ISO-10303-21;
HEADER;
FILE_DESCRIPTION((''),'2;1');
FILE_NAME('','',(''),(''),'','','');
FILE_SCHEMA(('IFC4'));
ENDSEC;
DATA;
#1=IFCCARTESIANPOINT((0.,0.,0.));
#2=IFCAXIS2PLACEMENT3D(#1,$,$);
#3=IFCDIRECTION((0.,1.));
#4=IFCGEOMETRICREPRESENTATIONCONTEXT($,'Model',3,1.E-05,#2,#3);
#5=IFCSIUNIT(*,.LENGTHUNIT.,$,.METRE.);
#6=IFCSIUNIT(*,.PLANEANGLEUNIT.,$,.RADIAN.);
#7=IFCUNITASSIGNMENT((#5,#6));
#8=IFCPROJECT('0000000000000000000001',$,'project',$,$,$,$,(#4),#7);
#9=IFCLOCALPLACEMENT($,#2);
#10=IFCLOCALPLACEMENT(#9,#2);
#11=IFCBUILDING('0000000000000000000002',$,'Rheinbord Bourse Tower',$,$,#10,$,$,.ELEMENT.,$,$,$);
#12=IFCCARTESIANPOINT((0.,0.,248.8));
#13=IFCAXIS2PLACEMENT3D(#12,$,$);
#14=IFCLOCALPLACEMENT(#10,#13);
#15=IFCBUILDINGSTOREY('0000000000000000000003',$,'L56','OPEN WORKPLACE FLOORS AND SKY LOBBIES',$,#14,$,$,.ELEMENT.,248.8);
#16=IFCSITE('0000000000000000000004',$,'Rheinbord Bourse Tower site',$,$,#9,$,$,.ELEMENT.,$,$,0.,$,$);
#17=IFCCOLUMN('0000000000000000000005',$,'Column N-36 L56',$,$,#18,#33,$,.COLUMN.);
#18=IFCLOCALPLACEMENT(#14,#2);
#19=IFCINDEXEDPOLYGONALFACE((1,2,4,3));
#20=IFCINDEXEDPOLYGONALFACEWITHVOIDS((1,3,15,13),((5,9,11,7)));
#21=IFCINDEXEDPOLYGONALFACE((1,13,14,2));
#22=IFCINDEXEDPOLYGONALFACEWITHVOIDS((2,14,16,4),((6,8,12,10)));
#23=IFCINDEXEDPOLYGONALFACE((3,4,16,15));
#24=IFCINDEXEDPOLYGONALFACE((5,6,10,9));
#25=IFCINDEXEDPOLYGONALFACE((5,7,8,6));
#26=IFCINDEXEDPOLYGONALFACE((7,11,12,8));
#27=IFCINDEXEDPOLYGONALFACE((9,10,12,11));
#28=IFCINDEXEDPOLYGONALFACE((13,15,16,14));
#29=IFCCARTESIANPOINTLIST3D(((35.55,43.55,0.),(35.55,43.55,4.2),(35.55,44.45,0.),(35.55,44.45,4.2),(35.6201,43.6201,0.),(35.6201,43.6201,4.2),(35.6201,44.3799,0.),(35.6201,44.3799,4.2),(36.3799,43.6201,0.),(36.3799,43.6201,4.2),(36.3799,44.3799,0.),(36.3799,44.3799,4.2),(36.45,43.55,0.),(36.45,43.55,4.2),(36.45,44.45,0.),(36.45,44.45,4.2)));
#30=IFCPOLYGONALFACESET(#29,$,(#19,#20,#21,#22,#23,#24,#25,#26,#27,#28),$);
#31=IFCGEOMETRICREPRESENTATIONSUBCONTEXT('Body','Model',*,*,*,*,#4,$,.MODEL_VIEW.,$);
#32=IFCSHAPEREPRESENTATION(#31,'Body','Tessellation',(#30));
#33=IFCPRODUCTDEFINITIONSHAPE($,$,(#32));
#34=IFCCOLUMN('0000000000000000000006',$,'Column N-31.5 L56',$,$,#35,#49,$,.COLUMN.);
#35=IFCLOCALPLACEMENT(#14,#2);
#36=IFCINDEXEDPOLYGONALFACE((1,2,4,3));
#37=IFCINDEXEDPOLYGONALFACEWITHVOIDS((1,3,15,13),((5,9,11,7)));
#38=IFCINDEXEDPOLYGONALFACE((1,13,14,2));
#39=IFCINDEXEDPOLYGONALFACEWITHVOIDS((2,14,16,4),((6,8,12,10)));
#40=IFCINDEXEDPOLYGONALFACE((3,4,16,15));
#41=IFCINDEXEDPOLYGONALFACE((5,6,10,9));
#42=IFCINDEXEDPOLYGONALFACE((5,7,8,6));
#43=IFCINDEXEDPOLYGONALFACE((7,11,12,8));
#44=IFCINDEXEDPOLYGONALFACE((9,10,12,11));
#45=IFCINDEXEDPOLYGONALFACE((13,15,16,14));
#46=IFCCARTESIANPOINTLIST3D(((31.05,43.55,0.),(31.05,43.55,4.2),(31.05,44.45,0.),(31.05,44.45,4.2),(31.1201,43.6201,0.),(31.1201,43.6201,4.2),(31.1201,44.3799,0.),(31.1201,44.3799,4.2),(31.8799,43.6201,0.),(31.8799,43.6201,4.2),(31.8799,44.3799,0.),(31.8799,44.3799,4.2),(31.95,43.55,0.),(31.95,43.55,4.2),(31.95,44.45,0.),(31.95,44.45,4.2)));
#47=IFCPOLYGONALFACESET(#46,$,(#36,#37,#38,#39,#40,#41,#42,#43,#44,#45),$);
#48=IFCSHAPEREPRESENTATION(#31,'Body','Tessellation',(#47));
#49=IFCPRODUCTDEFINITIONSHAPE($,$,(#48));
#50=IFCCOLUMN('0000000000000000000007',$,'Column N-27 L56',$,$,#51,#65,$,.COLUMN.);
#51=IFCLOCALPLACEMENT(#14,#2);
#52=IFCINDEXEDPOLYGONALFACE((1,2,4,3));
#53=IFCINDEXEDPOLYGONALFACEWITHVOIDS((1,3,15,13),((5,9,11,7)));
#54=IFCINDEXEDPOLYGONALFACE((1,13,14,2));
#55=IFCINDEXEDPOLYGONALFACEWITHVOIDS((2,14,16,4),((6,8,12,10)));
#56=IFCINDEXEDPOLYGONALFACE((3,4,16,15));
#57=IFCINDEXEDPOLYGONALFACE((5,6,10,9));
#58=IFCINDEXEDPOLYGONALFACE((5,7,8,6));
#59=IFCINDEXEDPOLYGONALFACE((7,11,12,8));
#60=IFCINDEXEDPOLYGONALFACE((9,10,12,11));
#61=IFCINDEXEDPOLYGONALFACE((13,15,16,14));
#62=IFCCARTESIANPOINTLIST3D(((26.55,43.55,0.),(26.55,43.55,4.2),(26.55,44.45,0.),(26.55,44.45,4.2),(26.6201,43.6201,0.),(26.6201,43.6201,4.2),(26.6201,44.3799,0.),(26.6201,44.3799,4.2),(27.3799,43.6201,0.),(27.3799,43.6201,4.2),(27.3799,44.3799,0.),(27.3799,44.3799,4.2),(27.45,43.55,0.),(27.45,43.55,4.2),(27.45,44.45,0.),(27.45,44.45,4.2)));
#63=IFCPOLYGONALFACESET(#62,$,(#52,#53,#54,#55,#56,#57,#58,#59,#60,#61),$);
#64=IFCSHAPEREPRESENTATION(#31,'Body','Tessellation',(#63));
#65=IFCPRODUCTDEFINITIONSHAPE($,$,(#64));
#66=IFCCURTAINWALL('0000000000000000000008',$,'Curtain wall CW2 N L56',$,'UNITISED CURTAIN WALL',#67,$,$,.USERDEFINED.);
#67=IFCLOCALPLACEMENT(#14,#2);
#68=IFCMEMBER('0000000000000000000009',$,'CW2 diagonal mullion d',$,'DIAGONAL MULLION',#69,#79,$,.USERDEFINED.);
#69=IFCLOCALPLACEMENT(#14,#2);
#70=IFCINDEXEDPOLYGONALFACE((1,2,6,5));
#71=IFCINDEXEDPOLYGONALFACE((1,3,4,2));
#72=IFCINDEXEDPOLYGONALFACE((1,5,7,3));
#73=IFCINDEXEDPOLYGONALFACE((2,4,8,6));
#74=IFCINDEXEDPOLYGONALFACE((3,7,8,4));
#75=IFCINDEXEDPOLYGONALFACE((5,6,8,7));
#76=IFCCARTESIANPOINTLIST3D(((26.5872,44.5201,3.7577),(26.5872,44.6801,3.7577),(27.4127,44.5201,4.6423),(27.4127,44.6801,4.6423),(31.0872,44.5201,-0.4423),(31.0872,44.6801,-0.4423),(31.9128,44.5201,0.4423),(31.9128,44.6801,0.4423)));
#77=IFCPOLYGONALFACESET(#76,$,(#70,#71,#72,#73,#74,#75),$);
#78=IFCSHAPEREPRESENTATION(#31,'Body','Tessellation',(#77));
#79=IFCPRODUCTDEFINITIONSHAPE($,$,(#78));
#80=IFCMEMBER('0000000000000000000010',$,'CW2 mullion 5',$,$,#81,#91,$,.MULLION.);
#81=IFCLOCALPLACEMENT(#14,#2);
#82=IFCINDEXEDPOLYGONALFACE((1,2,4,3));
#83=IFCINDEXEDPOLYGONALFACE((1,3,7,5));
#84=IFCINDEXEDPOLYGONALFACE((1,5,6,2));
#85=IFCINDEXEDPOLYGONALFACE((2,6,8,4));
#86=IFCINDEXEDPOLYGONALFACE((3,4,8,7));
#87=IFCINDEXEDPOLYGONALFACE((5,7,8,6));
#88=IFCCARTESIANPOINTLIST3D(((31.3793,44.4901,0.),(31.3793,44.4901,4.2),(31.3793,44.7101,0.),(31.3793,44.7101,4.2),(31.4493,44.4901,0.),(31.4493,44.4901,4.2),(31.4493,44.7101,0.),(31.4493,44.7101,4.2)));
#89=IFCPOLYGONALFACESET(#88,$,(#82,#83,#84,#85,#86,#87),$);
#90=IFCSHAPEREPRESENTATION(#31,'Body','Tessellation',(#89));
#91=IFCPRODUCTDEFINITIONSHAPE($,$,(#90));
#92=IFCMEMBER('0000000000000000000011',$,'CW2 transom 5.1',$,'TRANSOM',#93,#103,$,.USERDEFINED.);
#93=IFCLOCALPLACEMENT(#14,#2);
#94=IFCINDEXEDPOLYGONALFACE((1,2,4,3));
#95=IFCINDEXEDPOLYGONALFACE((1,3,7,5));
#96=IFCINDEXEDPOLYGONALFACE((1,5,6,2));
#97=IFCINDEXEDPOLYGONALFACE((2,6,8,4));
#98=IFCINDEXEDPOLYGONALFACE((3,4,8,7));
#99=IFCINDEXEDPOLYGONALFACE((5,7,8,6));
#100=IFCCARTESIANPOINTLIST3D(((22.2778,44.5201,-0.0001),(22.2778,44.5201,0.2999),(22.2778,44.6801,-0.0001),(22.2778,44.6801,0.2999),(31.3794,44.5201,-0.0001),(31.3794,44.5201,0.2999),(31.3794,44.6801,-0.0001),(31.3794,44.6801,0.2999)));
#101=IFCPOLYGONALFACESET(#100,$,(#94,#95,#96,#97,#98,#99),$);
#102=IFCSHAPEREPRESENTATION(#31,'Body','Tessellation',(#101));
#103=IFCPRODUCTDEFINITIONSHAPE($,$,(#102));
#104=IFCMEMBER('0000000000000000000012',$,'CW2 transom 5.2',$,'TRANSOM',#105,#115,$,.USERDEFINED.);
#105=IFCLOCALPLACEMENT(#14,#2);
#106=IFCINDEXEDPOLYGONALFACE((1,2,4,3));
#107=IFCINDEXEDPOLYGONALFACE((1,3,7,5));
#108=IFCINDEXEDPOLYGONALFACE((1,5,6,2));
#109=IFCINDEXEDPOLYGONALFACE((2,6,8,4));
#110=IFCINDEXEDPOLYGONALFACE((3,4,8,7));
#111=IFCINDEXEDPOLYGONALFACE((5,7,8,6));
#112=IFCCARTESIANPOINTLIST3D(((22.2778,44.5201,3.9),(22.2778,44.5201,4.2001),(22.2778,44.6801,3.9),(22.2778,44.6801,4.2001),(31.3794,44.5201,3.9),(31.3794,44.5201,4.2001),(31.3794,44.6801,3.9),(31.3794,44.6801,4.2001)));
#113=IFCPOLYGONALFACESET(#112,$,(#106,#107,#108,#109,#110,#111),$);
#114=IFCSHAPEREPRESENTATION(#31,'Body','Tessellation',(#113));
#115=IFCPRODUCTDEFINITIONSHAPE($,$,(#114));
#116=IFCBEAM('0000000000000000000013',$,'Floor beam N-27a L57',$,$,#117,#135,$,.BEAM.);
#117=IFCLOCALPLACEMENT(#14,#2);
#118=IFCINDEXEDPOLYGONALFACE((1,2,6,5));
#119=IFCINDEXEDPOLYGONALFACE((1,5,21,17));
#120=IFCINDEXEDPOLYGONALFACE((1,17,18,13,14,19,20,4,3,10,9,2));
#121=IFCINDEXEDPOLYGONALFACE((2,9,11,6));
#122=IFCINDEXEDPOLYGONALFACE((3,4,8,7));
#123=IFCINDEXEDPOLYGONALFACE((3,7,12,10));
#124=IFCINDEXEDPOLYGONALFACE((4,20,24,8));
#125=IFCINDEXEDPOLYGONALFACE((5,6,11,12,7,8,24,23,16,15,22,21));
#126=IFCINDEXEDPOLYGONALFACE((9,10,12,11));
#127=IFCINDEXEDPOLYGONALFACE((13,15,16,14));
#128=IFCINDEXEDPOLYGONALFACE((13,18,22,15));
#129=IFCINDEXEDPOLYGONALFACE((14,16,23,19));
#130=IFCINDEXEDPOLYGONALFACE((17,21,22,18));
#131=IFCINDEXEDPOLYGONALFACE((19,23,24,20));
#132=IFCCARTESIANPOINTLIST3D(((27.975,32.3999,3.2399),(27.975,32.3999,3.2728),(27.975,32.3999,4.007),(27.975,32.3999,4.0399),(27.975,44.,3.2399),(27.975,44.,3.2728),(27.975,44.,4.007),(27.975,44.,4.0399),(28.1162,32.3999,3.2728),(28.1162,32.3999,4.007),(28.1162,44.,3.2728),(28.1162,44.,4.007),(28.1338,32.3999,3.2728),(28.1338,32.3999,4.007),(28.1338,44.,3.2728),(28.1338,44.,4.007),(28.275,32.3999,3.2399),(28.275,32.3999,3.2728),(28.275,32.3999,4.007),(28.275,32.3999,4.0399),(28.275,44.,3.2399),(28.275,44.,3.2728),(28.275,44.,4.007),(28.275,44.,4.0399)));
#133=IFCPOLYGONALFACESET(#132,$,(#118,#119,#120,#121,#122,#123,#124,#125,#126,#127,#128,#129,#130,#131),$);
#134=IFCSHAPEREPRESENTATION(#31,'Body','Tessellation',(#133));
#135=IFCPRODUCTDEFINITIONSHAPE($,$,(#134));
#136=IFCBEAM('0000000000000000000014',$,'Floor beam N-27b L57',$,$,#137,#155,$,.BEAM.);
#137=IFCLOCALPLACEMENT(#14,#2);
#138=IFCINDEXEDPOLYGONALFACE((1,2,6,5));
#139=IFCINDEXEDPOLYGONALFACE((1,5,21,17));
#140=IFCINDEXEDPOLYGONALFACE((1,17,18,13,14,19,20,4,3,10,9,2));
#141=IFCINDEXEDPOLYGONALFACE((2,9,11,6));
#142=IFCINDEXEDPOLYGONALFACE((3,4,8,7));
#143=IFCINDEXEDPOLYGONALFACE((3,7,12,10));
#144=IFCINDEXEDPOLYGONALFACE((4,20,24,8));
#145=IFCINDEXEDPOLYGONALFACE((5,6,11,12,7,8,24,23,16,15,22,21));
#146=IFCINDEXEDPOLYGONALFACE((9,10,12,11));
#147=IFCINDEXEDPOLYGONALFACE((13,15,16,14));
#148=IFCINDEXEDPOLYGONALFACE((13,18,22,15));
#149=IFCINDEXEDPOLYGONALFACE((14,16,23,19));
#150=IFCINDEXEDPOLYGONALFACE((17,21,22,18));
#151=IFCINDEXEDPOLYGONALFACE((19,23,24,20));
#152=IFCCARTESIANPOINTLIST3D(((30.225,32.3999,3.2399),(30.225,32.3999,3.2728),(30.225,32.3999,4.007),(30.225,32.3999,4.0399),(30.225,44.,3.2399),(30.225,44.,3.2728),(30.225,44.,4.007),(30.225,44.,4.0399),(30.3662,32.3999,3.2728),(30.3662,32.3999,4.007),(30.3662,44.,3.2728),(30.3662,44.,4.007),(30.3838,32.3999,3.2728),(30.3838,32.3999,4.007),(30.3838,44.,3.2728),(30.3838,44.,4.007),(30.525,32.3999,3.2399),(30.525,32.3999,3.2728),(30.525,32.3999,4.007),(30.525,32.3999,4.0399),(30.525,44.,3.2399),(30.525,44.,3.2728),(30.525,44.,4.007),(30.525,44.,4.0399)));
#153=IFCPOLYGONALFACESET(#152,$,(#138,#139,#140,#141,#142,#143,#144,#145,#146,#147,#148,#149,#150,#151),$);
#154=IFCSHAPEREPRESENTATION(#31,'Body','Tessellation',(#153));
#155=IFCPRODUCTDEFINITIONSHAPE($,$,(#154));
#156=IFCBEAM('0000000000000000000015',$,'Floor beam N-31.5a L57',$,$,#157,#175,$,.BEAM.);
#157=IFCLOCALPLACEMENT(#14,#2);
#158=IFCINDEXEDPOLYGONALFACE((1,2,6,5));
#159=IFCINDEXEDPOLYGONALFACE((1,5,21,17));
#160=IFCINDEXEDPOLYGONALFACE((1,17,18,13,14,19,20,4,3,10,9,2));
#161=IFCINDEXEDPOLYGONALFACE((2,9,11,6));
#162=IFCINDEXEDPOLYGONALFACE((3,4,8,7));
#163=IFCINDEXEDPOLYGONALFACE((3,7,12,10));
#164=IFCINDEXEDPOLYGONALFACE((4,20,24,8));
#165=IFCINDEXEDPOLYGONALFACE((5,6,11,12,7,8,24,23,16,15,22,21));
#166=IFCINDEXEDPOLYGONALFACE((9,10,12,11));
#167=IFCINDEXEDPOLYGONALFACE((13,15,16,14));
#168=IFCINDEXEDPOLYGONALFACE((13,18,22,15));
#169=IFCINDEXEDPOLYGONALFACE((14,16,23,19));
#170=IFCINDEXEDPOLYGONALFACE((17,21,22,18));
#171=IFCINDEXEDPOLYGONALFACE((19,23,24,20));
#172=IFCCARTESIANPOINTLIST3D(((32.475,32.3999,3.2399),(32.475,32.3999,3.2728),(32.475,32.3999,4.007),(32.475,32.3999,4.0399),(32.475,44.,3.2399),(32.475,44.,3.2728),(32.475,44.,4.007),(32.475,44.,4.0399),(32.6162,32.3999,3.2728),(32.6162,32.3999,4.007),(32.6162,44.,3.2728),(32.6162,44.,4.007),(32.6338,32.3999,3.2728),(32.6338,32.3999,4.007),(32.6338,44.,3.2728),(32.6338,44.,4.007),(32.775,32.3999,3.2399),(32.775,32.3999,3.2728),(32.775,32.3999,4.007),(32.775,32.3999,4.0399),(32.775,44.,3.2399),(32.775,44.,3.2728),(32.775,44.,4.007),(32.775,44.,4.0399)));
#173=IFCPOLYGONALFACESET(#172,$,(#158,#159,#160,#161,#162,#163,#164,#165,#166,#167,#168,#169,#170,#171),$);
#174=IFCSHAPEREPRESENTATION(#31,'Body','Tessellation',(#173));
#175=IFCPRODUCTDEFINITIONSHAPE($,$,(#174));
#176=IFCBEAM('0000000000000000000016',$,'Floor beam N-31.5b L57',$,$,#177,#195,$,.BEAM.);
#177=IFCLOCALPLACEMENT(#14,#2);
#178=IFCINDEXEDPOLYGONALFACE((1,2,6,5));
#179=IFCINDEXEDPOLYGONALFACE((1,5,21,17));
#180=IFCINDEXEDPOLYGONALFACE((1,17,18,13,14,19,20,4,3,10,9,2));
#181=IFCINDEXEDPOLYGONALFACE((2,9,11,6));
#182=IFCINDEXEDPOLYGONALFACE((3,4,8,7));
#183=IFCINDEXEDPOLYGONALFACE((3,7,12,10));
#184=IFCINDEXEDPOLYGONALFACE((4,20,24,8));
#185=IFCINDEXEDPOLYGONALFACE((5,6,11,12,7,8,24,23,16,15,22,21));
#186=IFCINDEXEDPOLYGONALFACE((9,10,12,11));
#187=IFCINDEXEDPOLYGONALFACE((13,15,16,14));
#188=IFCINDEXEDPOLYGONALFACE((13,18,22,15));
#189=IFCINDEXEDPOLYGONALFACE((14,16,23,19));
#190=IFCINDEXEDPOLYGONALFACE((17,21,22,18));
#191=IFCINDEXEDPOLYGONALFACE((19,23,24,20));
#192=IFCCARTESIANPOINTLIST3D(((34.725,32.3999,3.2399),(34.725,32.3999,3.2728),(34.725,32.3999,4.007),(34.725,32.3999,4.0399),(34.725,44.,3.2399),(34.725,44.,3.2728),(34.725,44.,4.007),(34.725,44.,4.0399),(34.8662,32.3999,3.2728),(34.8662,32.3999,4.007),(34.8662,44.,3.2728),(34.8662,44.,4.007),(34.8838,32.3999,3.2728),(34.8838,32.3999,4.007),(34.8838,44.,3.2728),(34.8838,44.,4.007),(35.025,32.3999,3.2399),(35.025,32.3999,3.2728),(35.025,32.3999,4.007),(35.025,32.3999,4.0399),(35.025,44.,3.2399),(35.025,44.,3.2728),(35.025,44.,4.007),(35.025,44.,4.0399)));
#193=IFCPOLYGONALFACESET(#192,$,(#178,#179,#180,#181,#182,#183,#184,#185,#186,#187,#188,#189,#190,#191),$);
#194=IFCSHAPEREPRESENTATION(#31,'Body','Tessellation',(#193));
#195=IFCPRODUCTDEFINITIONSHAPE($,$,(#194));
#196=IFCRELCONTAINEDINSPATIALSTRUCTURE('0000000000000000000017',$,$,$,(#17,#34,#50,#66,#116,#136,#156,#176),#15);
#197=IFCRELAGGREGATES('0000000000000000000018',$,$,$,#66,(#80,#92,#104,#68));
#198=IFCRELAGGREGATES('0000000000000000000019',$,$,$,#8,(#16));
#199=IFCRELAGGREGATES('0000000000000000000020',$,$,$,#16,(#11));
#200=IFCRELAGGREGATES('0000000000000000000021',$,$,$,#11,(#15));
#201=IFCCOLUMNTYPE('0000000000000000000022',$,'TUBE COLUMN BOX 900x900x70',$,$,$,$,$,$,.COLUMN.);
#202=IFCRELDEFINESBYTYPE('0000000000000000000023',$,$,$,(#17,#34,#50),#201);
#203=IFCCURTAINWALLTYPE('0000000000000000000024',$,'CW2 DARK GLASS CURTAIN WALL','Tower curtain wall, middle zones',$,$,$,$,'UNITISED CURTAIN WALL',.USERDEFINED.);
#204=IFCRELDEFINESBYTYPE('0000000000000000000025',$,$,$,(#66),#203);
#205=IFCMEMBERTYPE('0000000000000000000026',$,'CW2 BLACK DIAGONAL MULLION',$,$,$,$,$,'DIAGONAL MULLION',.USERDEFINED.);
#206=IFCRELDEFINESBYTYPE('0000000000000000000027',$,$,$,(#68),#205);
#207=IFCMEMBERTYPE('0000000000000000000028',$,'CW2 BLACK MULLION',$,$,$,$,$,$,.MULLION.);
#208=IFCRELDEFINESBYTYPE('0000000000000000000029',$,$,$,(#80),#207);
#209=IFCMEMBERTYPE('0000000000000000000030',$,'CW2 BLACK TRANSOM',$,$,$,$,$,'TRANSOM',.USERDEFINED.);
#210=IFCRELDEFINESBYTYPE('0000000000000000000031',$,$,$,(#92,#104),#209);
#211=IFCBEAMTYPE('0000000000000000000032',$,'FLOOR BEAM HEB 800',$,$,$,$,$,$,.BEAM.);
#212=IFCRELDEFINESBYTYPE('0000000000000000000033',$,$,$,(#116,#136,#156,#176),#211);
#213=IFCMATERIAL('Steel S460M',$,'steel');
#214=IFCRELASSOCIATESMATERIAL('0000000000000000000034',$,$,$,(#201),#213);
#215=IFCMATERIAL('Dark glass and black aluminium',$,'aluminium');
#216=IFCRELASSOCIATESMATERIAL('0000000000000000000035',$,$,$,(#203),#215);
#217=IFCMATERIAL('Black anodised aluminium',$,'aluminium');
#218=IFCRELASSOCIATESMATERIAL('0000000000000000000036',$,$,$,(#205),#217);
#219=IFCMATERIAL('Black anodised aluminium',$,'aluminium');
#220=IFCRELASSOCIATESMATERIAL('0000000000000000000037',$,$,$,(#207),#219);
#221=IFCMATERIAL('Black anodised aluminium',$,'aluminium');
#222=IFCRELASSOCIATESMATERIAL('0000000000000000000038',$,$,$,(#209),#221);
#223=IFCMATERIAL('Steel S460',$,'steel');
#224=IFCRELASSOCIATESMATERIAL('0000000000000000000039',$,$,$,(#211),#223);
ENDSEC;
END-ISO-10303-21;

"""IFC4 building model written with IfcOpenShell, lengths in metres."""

from ifc_helpers import new_model, si_unit, direction, frame, origin, origin_2d, place, context, subcontext, project, spatial, rectangle, hollow_rectangle, i_section, extrude, material, material_profile, profile_set, type_object, element, aggregate, save


model = new_model("IFC4")

# Units and contexts
model_context = context("Model", 3, precision=1e-05, world=origin(), true_north=direction((0.0, 1.0)))
body_context = subcontext(model_context, "Body", "Model", "MODEL_VIEW")
ifc_project = project(units=[si_unit("LENGTHUNIT", "METRE"), si_unit("PLANEANGLEUNIT", "RADIAN")], contexts=[model_context])

# Site, building, storey
site_placement = place(None, origin())
site = spatial("IfcSite", under=ifc_project, at=site_placement, Name="Rheinbord Bourse Tower site", CompositionType="ELEMENT", RefElevation=0.0)
building_placement = place(site_placement, origin())
building = spatial("IfcBuilding", under=site, at=building_placement, Name="Rheinbord Bourse Tower", CompositionType="ELEMENT")
storey_placement = place(building_placement, frame((0.0, 0.0, 248.8)))
storey = spatial("IfcBuildingStorey", under=building, at=storey_placement, Name="L56", Description="OPEN WORKPLACE FLOORS AND SKY LOBBIES", CompositionType="ELEMENT", Elevation=248.8)

# Columns
ifc_material_1 = material(Name="Steel S460M", Category="steel")
ifc_material_profile_1 = material_profile(ifc_material_1, hollow_rectangle(XDim=0.8999, YDim=0.8999, WallThickness=0.0701, at=origin_2d()), Name="BOX 900x900x70")
ifc_profile_set_1 = profile_set([ifc_material_profile_1], Name="Steel S460M")
column_type = type_object("IfcColumnType", Name="TUBE COLUMN BOX 900x900x70", PredefinedType="COLUMN", material=ifc_profile_set_1)
for number, where, z_axis, x_axis, name in (
    (1, (36.0, 44.0, 0.0), (0.0, 0.0, 1.0), (0.0, 1.0, 0.0), "Column N-36 L56"),
    (2, (31.5, 44.0, 0.0), (0.0, 0.0, 1.0), (0.0, 1.0, 0.0), "Column N-31.5 L56"),
    (3, (27.0, 44.0, 0.0), (0.0, 0.0, 1.0), (0.0, 1.0, 0.0), "Column N-27 L56"),
):
    element("IfcColumn", number, at=place(storey_placement, frame(where, z_axis=z_axis, x_axis=x_axis)), inside=storey, type_object=column_type, Name=name, PredefinedType="COLUMN", context=body_context, shape_type="SweptSolid", body=[
        extrude(hollow_rectangle(XDim=0.8999, YDim=0.8999, WallThickness=0.0701, at=origin_2d()), origin(), (0.0, 0.0, 1.0), 4.2),
    ])

# Curtain wall, members
ifc_material_2 = material(Name="Dark glass and black aluminium", Category="aluminium")
curtain_wall_type = type_object("IfcCurtainWallType", Name="CW2 DARK GLASS CURTAIN WALL", Description="Tower curtain wall, middle zones", ElementType="UNITISED CURTAIN WALL", PredefinedType="USERDEFINED", material=ifc_material_2)
curtain_wall_placement = place(storey_placement, origin())
curtain_wall = element("IfcCurtainWall", 4, at=curtain_wall_placement, inside=storey, type_object=curtain_wall_type, Name="Curtain wall CW2 N L56", ObjectType="UNITISED CURTAIN WALL", PredefinedType="USERDEFINED")
ifc_material_3 = material(Name="Black anodised aluminium", Category="aluminium")
ifc_material_profile_2 = material_profile(ifc_material_3, rectangle(XDim=0.1599, YDim=1.21, at=origin_2d()), Name="CW2 DIAGONAL MULLION 1210x160")
ifc_profile_set_2 = profile_set([ifc_material_profile_2], Name="Black anodised aluminium")
member_type_1 = type_object("IfcMemberType", Name="CW2 BLACK DIAGONAL MULLION", ElementType="DIAGONAL MULLION", PredefinedType="USERDEFINED", material=ifc_profile_set_2)
member_1_placement = place(storey_placement, frame((31.5, 44.6001, 0.0), z_axis=(-0.731059, 0.0, 0.682314), x_axis=(0.0, -1.0, 0.0)))
member_1 = element("IfcMember", 5, at=member_1_placement, type_object=member_type_1, Name="CW2 diagonal mullion d", ObjectType="DIAGONAL MULLION", PredefinedType="USERDEFINED", context=body_context, shape_type="SweptSolid", body=[
    extrude(rectangle(XDim=0.1599, YDim=1.21, at=origin_2d()), origin(), (0.0, 0.0, 1.0), 6.1555),
])
ifc_material_4 = material(Name="Black anodised aluminium", Category="aluminium")
ifc_material_profile_3 = material_profile(ifc_material_4, rectangle(XDim=0.22, YDim=0.0701, at=origin_2d()), Name="CW2 MULLION 70x220")
ifc_profile_set_3 = profile_set([ifc_material_profile_3], Name="Black anodised aluminium")
member_type_2 = type_object("IfcMemberType", Name="CW2 BLACK MULLION", PredefinedType="MULLION", material=ifc_profile_set_3)
member_2_placement = place(storey_placement, frame((31.4143, 44.6001, 0.0), z_axis=(0.0, 0.0, 1.0), x_axis=(0.0, -1.0, 0.0)))
member_2 = element("IfcMember", 6, at=member_2_placement, type_object=member_type_2, Name="CW2 mullion 5", PredefinedType="MULLION", context=body_context, shape_type="SweptSolid", body=[
    extrude(rectangle(XDim=0.22, YDim=0.0701, at=origin_2d()), origin(), (0.0, 0.0, 1.0), 4.2),
])
ifc_material_5 = material(Name="Black anodised aluminium", Category="aluminium")
ifc_material_profile_4 = material_profile(ifc_material_5, rectangle(XDim=0.1599, YDim=0.3, at=origin_2d()), Name="CW2 TRANSOM 300x160")
ifc_profile_set_4 = profile_set([ifc_material_profile_4], Name="Black anodised aluminium")
member_type_3 = type_object("IfcMemberType", Name="CW2 BLACK TRANSOM", ElementType="TRANSOM", PredefinedType="USERDEFINED", material=ifc_profile_set_4)
member_3_placement = place(storey_placement, frame((31.3794, 44.6001, 0.1499), z_axis=(-1.0, 0.0, 0.0), x_axis=(0.0, -1.0, 0.0)))
member_3 = element("IfcMember", 7, at=member_3_placement, type_object=member_type_3, Name="CW2 transom 5.1", ObjectType="TRANSOM", PredefinedType="USERDEFINED", context=body_context, shape_type="SweptSolid", body=[
    extrude(rectangle(XDim=0.1599, YDim=0.3, at=origin_2d()), origin(), (0.0, 0.0, 1.0), 9.1016),
])
member_4_placement = place(storey_placement, frame((31.3794, 44.6001, 4.05), z_axis=(-1.0, 0.0, 0.0), x_axis=(0.0, -1.0, 0.0)))
member_4 = element("IfcMember", 8, at=member_4_placement, type_object=member_type_3, Name="CW2 transom 5.2", ObjectType="TRANSOM", PredefinedType="USERDEFINED", context=body_context, shape_type="SweptSolid", body=[
    extrude(rectangle(XDim=0.1599, YDim=0.3, at=origin_2d()), origin(), (0.0, 0.0, 1.0), 9.1016),
])

# Beams
ifc_material_6 = material(Name="Steel S460", Category="steel")
ifc_material_profile_5 = material_profile(ifc_material_6, i_section(OverallWidth=0.3, OverallDepth=0.8, WebThickness=0.0176, FlangeThickness=0.033, at=origin_2d()), Name="HEB 800")
ifc_profile_set_5 = profile_set([ifc_material_profile_5], Name="Steel S460")
beam_type_1 = type_object("IfcBeamType", Name="FLOOR BEAM HEB 800", PredefinedType="BEAM", material=ifc_profile_set_5)
for number, where, z_axis, x_axis, name in (
    (9, (28.125, 44.0, 3.6399), (0.0, -1.0, 0.0), (1.0, 0.0, 0.0), "Floor beam N-27a L57"),
    (10, (30.375, 44.0, 3.6399), (0.0, -1.0, 0.0), (1.0, 0.0, 0.0), "Floor beam N-27b L57"),
    (11, (32.625, 44.0, 3.6399), (0.0, -1.0, 0.0), (1.0, 0.0, 0.0), "Floor beam N-31.5a L57"),
    (12, (34.875, 44.0, 3.6399), (0.0, -1.0, 0.0), (1.0, 0.0, 0.0), "Floor beam N-31.5b L57"),
):
    element("IfcBeam", number, at=place(storey_placement, frame(where, z_axis=z_axis, x_axis=x_axis)), inside=storey, type_object=beam_type_1, Name=name, PredefinedType="BEAM", context=body_context, shape_type="SweptSolid", body=[
        extrude(i_section(OverallWidth=0.3, OverallDepth=0.8, WebThickness=0.0176, FlangeThickness=0.033, at=origin_2d()), origin(), (0.0, 0.0, 1.0), 11.6001),
    ])

aggregate(curtain_wall, [member_2, member_3, member_4, member_1])

save(model, "model.ifc")
